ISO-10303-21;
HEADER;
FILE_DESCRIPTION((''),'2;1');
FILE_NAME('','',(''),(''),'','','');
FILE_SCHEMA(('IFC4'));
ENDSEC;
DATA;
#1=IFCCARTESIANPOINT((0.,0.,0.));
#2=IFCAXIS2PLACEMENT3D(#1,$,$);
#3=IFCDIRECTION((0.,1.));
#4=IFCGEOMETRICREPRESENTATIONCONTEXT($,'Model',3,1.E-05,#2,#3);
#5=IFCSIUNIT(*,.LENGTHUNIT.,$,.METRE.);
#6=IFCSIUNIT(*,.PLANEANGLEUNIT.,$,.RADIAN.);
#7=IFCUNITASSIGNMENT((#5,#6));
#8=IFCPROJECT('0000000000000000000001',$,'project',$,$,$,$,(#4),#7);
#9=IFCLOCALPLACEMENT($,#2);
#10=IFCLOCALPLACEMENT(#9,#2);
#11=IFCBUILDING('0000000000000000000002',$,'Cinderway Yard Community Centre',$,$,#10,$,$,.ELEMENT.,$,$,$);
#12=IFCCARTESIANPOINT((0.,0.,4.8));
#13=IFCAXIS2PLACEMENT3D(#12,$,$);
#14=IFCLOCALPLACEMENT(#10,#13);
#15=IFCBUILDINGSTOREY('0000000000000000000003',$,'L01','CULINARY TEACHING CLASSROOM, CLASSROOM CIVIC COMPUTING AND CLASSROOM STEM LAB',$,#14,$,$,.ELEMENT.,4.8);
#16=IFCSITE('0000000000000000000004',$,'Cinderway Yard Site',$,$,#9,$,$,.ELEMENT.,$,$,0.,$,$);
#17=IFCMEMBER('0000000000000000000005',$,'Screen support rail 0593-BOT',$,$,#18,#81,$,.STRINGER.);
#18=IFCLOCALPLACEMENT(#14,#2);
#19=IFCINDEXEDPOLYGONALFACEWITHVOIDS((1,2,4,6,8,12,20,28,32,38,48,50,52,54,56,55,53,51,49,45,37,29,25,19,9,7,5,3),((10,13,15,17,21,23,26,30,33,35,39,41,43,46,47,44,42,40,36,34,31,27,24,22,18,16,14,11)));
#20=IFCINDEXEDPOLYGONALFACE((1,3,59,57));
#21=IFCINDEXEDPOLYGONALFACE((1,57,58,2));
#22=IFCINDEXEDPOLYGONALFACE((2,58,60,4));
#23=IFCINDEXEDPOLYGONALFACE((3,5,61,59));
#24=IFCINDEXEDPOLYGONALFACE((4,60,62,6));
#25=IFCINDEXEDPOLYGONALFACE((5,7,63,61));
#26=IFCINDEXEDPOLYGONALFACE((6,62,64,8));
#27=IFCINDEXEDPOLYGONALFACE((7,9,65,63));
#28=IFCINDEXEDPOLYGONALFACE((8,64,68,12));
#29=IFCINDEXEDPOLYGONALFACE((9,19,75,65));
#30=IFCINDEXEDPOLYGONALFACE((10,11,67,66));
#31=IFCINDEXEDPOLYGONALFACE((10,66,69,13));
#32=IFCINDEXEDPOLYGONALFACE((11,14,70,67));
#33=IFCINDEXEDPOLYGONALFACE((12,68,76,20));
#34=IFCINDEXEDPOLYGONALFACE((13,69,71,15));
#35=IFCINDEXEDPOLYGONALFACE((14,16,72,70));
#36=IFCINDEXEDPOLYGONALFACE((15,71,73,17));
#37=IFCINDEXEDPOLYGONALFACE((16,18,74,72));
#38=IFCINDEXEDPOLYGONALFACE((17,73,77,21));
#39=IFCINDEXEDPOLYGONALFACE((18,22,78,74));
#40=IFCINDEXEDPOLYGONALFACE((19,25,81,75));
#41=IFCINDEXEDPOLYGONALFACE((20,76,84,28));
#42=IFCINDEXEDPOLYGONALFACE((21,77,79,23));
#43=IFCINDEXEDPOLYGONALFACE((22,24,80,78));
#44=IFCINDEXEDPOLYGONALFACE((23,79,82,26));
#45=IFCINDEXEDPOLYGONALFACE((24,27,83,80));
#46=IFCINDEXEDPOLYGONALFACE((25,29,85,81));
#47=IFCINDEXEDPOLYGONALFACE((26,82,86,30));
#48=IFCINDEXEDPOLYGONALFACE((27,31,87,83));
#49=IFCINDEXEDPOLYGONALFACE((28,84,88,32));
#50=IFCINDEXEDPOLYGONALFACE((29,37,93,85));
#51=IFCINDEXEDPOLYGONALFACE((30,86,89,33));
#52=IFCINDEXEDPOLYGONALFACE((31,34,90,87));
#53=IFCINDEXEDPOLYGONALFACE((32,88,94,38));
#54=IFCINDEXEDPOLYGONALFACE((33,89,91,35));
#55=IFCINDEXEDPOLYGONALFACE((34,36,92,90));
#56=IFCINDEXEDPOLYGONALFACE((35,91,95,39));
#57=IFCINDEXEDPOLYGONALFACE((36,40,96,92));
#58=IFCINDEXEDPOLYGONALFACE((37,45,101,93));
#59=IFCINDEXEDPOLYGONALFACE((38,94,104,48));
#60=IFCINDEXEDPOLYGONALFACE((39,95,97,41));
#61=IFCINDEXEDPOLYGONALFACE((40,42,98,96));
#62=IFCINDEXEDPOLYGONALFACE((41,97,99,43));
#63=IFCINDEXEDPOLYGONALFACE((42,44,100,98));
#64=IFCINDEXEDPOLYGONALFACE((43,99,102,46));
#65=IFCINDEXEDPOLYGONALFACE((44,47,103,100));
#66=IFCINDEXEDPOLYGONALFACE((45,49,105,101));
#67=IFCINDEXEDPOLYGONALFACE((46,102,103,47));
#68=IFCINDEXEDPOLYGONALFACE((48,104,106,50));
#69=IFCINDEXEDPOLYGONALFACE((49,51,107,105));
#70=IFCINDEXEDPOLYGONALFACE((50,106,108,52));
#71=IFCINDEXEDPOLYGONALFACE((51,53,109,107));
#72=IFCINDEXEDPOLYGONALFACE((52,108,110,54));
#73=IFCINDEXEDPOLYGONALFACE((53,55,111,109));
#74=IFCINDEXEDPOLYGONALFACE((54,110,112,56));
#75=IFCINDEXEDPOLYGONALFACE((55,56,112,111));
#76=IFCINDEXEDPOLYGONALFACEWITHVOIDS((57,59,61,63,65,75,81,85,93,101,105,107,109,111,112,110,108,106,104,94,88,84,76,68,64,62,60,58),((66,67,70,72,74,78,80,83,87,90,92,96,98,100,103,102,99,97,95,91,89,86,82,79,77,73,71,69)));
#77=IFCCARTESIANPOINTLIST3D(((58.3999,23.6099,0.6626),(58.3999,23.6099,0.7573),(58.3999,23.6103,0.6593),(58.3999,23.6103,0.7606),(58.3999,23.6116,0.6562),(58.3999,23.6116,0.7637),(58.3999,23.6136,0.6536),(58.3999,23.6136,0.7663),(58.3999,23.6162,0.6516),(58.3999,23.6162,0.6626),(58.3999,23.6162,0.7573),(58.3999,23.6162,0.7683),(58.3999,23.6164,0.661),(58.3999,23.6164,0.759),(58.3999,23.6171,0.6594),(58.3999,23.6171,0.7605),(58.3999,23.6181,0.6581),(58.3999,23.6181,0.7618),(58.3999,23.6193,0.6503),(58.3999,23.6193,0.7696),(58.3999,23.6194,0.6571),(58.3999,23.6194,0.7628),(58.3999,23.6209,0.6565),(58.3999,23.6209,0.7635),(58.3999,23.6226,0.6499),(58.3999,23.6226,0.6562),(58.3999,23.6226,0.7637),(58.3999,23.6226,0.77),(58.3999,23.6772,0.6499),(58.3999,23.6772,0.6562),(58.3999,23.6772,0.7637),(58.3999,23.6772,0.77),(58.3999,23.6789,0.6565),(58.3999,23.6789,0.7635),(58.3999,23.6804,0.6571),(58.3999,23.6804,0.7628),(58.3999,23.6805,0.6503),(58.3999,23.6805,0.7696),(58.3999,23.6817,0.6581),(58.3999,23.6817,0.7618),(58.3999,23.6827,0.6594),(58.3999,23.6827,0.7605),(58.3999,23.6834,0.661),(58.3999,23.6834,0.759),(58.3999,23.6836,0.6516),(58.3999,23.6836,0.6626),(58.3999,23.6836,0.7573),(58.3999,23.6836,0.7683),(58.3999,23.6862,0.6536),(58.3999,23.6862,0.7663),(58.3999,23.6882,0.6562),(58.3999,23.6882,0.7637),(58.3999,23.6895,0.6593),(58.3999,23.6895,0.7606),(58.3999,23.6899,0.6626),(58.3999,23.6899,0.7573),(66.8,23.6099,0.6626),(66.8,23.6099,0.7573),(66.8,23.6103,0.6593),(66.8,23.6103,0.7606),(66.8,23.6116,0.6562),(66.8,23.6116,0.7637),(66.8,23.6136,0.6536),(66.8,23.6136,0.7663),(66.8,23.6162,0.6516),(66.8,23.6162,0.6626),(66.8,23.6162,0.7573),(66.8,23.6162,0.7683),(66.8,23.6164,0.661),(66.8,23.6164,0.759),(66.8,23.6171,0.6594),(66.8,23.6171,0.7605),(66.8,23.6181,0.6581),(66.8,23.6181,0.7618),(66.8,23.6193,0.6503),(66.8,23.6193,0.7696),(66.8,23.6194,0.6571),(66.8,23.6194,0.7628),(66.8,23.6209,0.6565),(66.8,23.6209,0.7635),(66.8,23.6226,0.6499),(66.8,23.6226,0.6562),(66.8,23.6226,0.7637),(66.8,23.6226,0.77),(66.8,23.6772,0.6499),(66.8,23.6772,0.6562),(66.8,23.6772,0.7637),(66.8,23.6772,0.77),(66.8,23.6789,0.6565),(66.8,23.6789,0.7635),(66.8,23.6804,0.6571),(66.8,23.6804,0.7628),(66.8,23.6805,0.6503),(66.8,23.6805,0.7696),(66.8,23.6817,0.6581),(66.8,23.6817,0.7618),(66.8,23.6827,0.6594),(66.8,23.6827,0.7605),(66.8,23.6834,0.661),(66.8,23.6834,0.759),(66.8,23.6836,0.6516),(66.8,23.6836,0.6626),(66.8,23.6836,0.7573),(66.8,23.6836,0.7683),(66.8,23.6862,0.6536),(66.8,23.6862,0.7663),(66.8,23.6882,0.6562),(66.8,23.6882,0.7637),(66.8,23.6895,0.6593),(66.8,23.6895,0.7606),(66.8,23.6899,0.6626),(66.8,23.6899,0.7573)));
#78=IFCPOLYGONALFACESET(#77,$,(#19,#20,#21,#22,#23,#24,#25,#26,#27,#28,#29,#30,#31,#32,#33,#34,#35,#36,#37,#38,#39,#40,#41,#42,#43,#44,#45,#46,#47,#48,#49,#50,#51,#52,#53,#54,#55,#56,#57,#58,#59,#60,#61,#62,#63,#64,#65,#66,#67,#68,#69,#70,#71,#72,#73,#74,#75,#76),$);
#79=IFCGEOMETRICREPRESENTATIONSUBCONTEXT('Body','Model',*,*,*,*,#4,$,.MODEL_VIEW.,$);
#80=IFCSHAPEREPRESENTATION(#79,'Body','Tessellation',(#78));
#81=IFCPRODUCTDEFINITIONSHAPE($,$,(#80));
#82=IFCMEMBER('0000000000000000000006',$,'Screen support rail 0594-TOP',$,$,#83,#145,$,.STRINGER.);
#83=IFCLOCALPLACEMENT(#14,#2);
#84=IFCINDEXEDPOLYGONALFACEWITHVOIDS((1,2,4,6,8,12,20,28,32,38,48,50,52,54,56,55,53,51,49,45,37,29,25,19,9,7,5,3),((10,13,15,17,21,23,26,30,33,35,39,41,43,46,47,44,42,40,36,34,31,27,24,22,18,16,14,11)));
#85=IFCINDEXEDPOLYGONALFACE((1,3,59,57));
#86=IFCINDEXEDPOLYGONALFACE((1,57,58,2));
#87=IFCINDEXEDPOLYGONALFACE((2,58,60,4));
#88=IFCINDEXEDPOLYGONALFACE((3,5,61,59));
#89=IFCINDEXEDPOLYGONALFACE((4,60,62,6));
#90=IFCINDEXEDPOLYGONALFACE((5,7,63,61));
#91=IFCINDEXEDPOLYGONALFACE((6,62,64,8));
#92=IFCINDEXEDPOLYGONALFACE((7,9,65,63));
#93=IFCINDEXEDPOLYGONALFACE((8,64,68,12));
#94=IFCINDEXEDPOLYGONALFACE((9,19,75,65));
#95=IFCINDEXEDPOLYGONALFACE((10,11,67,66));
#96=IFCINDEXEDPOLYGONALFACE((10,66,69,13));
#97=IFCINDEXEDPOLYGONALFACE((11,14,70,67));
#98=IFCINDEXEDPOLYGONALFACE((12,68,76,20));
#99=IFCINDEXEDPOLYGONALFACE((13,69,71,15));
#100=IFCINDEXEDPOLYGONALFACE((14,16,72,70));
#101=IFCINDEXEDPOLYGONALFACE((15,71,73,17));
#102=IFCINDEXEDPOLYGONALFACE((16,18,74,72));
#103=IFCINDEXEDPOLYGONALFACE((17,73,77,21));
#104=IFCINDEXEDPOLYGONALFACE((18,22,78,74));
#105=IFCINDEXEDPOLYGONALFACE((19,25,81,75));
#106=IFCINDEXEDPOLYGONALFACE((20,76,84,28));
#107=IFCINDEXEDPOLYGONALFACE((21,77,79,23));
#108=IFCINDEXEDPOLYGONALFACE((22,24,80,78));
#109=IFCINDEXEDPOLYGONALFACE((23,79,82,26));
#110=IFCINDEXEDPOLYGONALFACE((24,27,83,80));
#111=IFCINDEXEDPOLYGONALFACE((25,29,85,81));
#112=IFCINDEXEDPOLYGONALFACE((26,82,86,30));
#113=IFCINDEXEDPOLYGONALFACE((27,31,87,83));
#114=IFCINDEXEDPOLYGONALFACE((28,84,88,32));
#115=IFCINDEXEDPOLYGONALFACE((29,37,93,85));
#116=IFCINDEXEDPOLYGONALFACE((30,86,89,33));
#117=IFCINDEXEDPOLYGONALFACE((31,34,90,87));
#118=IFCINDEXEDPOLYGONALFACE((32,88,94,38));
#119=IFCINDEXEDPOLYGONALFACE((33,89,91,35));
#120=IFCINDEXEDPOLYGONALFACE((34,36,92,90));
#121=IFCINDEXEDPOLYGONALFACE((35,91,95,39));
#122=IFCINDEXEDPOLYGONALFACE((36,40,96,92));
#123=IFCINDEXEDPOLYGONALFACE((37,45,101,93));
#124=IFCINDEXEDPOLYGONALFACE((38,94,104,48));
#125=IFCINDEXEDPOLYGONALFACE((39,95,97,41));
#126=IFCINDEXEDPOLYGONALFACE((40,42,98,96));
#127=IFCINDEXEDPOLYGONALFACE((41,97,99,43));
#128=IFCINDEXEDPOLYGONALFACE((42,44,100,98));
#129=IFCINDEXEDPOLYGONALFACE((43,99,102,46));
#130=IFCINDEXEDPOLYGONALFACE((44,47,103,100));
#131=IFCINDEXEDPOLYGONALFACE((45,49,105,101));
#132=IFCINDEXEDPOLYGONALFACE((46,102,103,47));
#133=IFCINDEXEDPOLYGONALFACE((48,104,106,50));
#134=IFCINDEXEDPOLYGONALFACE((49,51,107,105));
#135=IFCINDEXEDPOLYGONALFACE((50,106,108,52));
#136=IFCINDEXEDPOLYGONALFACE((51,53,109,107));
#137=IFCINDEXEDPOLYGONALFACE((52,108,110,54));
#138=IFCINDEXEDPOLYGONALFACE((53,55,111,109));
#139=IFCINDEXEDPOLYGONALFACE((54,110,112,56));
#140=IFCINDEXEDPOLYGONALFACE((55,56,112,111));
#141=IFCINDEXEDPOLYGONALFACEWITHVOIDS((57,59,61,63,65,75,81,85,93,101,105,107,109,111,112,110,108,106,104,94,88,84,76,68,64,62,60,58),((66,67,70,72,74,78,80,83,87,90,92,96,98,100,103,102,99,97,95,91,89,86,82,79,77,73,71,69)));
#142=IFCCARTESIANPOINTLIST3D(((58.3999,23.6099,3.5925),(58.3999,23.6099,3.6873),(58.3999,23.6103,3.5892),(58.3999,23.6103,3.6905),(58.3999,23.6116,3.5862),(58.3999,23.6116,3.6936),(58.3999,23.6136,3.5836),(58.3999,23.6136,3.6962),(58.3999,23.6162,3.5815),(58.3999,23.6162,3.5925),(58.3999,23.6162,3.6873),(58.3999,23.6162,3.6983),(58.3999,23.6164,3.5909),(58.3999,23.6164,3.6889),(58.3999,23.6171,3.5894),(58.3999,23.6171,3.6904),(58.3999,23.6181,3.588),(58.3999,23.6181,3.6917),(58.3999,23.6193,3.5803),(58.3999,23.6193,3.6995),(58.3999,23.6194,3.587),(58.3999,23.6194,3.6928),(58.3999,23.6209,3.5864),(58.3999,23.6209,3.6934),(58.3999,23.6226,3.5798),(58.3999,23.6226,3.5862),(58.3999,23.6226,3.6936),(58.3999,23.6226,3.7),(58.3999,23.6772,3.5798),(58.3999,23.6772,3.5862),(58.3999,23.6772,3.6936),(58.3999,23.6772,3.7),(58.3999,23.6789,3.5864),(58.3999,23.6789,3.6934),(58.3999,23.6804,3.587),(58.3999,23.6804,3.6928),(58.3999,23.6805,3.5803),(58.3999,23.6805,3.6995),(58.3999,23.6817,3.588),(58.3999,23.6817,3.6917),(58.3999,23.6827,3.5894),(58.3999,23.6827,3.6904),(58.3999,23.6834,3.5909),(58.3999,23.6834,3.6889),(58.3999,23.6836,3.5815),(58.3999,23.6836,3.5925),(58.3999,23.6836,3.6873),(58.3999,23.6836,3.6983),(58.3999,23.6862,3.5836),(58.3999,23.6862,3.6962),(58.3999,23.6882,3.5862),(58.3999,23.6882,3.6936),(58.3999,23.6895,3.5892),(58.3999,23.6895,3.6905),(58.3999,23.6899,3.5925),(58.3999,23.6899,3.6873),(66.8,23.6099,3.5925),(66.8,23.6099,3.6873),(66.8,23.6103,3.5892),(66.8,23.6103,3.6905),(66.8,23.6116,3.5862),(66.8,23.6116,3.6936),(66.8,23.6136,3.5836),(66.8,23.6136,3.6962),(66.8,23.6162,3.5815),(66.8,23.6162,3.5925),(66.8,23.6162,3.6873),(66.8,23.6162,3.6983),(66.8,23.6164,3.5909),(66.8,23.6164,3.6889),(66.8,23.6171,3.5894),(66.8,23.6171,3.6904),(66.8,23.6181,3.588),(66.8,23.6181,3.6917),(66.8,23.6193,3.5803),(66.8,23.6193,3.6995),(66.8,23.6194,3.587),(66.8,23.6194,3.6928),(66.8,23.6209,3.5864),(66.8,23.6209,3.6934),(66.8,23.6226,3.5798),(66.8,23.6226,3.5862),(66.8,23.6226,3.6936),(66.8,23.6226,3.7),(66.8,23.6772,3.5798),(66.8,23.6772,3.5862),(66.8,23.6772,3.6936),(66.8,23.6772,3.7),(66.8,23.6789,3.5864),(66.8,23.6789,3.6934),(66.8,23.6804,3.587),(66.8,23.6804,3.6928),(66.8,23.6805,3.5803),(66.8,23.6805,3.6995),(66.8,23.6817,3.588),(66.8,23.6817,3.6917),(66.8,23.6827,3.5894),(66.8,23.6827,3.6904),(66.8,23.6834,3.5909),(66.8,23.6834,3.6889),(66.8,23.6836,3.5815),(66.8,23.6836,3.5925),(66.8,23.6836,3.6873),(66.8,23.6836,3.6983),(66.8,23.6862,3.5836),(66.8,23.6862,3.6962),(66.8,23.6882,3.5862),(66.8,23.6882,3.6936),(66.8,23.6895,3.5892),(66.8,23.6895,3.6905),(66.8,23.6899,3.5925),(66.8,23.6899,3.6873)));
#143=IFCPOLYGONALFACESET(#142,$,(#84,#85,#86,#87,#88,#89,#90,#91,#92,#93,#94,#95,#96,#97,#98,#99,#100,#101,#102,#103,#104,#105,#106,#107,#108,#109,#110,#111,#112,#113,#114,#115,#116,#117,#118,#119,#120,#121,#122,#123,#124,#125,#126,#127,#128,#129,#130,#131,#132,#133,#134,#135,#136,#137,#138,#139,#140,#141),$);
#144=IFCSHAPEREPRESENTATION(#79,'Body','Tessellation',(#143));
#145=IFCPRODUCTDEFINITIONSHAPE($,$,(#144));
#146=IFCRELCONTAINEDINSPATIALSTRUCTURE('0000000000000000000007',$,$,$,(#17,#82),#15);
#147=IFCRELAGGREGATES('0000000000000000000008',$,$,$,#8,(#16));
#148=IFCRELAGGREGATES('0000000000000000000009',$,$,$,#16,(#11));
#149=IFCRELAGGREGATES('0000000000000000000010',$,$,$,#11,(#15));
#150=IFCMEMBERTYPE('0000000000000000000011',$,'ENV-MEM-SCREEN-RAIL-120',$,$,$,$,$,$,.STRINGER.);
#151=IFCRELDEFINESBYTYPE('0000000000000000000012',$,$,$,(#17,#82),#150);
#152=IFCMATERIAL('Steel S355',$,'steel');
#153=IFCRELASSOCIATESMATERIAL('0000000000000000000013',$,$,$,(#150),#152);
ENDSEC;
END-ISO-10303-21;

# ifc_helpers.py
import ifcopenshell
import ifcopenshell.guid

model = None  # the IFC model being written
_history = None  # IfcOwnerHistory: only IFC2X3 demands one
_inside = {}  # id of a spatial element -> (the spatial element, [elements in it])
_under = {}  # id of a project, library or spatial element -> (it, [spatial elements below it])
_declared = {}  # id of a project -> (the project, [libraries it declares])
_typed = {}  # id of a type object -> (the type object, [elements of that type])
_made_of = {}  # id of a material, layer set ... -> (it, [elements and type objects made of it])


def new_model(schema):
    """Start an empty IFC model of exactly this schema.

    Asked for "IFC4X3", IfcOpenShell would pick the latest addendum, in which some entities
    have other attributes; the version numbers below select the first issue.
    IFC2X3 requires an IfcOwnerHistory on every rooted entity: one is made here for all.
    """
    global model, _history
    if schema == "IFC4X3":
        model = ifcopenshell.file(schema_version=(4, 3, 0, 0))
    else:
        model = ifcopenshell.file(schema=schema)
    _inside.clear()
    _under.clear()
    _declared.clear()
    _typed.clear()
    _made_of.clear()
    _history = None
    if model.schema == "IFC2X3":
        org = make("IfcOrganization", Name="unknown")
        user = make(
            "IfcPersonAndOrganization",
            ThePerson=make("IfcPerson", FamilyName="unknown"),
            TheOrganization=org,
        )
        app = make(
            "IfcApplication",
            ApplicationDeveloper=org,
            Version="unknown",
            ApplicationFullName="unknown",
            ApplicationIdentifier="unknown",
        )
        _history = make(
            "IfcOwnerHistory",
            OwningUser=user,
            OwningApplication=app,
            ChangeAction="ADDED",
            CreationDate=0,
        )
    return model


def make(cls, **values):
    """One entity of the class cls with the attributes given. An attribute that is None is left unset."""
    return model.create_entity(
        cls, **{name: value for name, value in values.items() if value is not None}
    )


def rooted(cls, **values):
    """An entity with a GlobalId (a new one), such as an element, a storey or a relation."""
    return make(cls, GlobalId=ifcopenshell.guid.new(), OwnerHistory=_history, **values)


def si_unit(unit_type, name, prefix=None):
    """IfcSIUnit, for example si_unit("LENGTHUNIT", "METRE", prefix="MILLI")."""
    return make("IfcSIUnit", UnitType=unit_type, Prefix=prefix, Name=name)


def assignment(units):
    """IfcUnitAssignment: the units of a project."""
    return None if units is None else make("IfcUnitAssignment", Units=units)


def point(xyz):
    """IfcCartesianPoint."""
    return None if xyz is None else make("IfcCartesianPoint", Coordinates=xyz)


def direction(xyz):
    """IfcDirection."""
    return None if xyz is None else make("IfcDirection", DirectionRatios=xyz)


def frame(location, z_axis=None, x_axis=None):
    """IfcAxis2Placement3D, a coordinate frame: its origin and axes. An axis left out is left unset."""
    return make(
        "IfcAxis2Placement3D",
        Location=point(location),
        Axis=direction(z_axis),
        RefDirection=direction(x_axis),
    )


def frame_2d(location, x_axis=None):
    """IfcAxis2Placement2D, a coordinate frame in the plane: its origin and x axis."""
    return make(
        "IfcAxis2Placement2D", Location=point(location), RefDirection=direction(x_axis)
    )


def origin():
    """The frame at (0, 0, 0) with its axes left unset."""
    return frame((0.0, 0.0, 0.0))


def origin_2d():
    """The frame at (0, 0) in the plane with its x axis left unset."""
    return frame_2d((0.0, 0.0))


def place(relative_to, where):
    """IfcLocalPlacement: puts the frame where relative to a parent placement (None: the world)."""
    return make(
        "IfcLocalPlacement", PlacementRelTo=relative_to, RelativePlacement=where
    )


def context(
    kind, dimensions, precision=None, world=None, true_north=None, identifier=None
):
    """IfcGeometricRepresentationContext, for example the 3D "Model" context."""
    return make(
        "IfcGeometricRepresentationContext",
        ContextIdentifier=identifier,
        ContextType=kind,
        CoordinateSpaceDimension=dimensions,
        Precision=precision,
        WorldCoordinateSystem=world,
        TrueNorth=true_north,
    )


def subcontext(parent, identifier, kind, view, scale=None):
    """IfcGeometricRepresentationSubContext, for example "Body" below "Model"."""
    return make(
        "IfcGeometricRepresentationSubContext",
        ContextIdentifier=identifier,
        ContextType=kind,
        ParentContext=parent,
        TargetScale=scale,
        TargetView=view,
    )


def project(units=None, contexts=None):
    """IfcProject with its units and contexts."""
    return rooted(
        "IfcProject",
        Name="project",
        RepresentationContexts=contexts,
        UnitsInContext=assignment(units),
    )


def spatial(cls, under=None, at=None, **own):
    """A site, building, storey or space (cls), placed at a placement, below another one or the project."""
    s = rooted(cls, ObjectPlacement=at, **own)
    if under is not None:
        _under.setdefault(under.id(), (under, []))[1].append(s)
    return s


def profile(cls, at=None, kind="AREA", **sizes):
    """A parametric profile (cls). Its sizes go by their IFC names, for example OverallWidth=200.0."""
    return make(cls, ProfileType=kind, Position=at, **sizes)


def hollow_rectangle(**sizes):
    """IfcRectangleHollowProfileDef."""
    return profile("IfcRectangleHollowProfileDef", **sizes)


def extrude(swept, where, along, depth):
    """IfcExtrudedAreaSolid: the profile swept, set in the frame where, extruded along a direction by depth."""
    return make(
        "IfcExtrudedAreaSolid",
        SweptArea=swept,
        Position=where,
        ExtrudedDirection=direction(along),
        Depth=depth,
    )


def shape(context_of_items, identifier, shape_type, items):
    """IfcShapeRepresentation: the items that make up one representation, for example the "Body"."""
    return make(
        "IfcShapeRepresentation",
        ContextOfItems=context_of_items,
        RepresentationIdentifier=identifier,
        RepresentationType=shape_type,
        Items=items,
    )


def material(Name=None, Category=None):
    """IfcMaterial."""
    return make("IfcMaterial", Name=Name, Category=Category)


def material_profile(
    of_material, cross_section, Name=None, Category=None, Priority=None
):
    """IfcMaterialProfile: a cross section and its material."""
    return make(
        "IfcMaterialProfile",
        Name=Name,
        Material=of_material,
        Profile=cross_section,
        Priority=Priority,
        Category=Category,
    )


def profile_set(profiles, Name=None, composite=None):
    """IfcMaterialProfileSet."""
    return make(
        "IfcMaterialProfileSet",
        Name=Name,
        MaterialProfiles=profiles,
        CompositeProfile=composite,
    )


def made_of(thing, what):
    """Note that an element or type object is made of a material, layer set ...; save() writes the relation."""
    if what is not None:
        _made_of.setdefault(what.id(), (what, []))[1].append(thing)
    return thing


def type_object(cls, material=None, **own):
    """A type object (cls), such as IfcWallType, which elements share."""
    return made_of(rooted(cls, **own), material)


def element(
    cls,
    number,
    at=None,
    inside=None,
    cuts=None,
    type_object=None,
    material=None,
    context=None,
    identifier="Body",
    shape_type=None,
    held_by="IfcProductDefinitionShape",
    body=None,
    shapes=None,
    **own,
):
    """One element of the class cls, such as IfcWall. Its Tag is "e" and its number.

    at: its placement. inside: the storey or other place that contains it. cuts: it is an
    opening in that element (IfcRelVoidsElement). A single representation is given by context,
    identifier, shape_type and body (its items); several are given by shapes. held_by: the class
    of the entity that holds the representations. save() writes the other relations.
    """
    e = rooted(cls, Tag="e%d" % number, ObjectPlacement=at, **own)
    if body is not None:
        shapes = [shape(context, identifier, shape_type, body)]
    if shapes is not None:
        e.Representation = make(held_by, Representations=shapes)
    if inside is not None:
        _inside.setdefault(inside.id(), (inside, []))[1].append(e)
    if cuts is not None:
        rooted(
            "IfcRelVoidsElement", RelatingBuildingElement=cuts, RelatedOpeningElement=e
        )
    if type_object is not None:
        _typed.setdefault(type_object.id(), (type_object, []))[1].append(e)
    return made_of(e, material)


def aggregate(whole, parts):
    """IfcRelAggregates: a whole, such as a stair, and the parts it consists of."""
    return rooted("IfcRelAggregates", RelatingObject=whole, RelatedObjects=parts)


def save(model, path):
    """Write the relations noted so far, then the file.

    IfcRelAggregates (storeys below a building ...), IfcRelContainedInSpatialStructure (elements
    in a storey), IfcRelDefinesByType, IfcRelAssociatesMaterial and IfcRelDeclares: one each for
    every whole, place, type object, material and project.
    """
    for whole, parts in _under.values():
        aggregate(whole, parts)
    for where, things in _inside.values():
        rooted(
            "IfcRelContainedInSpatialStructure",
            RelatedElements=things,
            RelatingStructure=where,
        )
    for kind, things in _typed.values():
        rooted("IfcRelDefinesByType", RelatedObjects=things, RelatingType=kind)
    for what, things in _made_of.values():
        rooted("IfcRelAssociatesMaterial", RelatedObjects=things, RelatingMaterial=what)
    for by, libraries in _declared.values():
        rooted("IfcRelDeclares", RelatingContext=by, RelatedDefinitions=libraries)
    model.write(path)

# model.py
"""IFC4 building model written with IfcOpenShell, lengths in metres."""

from ifc_helpers import new_model, si_unit, direction, frame, origin, origin_2d, place, context, subcontext, project, spatial, hollow_rectangle, extrude, material, material_profile, profile_set, type_object, element, save


model = new_model("IFC4")

# Units and contexts
model_context = context("Model", 3, precision=1e-05, world=origin(), true_north=direction((0.0, 1.0)))
body_context = subcontext(model_context, "Body", "Model", "MODEL_VIEW")
ifc_project = project(units=[si_unit("LENGTHUNIT", "METRE"), si_unit("PLANEANGLEUNIT", "RADIAN")], contexts=[model_context])

# Site, building, storey
site_placement = place(None, origin())
site = spatial("IfcSite", under=ifc_project, at=site_placement, Name="Cinderway Yard Site", CompositionType="ELEMENT", RefElevation=0.0)
building_placement = place(site_placement, origin())
building = spatial("IfcBuilding", under=site, at=building_placement, Name="Cinderway Yard Community Centre", CompositionType="ELEMENT")
storey_placement = place(building_placement, frame((0.0, 0.0, 4.8)))
storey = spatial("IfcBuildingStorey", under=building, at=storey_placement, Name="L01", Description="CULINARY TEACHING CLASSROOM, CLASSROOM CIVIC COMPUTING AND CLASSROOM STEM LAB", CompositionType="ELEMENT", Elevation=4.8)

# Members
ifc_material_1 = material(Name="Steel S355", Category="steel")
ifc_material_profile_1 = material_profile(ifc_material_1, hollow_rectangle(XDim=0.0801, YDim=0.1201, WallThickness=0.0063, InnerFilletRadius=0.0063, OuterFilletRadius=0.0127, at=origin_2d()), Name="Steel S355")
ifc_profile_set_1 = profile_set([ifc_material_profile_1], Name="Steel S355")
member_type_1 = type_object("IfcMemberType", Name="ENV-MEM-SCREEN-RAIL-120", PredefinedType="STRINGER", material=ifc_profile_set_1)
for number, where, z_axis, x_axis, name in (
    (1, (58.3999, 23.6499, 0.71), (1.0, 0.0, 0.0), (0.0, 1.0, 0.0), "Screen support rail 0593-BOT"),
    (2, (58.3999, 23.6499, 3.6399), (1.0, 0.0, 0.0), (0.0, 1.0, 0.0), "Screen support rail 0594-TOP"),
):
    element("IfcMember", number, at=place(storey_placement, frame(where, z_axis=z_axis, x_axis=x_axis)), inside=storey, type_object=member_type_1, Name=name, PredefinedType="STRINGER", context=body_context, shape_type="SweptSolid", body=[
        extrude(hollow_rectangle(XDim=0.0801, YDim=0.1201, WallThickness=0.0063, InnerFilletRadius=0.0063, OuterFilletRadius=0.0127, at=origin_2d()), origin(), (0.0, 0.0, 1.0), 8.4001),
    ])

save(model, "model.ifc")
